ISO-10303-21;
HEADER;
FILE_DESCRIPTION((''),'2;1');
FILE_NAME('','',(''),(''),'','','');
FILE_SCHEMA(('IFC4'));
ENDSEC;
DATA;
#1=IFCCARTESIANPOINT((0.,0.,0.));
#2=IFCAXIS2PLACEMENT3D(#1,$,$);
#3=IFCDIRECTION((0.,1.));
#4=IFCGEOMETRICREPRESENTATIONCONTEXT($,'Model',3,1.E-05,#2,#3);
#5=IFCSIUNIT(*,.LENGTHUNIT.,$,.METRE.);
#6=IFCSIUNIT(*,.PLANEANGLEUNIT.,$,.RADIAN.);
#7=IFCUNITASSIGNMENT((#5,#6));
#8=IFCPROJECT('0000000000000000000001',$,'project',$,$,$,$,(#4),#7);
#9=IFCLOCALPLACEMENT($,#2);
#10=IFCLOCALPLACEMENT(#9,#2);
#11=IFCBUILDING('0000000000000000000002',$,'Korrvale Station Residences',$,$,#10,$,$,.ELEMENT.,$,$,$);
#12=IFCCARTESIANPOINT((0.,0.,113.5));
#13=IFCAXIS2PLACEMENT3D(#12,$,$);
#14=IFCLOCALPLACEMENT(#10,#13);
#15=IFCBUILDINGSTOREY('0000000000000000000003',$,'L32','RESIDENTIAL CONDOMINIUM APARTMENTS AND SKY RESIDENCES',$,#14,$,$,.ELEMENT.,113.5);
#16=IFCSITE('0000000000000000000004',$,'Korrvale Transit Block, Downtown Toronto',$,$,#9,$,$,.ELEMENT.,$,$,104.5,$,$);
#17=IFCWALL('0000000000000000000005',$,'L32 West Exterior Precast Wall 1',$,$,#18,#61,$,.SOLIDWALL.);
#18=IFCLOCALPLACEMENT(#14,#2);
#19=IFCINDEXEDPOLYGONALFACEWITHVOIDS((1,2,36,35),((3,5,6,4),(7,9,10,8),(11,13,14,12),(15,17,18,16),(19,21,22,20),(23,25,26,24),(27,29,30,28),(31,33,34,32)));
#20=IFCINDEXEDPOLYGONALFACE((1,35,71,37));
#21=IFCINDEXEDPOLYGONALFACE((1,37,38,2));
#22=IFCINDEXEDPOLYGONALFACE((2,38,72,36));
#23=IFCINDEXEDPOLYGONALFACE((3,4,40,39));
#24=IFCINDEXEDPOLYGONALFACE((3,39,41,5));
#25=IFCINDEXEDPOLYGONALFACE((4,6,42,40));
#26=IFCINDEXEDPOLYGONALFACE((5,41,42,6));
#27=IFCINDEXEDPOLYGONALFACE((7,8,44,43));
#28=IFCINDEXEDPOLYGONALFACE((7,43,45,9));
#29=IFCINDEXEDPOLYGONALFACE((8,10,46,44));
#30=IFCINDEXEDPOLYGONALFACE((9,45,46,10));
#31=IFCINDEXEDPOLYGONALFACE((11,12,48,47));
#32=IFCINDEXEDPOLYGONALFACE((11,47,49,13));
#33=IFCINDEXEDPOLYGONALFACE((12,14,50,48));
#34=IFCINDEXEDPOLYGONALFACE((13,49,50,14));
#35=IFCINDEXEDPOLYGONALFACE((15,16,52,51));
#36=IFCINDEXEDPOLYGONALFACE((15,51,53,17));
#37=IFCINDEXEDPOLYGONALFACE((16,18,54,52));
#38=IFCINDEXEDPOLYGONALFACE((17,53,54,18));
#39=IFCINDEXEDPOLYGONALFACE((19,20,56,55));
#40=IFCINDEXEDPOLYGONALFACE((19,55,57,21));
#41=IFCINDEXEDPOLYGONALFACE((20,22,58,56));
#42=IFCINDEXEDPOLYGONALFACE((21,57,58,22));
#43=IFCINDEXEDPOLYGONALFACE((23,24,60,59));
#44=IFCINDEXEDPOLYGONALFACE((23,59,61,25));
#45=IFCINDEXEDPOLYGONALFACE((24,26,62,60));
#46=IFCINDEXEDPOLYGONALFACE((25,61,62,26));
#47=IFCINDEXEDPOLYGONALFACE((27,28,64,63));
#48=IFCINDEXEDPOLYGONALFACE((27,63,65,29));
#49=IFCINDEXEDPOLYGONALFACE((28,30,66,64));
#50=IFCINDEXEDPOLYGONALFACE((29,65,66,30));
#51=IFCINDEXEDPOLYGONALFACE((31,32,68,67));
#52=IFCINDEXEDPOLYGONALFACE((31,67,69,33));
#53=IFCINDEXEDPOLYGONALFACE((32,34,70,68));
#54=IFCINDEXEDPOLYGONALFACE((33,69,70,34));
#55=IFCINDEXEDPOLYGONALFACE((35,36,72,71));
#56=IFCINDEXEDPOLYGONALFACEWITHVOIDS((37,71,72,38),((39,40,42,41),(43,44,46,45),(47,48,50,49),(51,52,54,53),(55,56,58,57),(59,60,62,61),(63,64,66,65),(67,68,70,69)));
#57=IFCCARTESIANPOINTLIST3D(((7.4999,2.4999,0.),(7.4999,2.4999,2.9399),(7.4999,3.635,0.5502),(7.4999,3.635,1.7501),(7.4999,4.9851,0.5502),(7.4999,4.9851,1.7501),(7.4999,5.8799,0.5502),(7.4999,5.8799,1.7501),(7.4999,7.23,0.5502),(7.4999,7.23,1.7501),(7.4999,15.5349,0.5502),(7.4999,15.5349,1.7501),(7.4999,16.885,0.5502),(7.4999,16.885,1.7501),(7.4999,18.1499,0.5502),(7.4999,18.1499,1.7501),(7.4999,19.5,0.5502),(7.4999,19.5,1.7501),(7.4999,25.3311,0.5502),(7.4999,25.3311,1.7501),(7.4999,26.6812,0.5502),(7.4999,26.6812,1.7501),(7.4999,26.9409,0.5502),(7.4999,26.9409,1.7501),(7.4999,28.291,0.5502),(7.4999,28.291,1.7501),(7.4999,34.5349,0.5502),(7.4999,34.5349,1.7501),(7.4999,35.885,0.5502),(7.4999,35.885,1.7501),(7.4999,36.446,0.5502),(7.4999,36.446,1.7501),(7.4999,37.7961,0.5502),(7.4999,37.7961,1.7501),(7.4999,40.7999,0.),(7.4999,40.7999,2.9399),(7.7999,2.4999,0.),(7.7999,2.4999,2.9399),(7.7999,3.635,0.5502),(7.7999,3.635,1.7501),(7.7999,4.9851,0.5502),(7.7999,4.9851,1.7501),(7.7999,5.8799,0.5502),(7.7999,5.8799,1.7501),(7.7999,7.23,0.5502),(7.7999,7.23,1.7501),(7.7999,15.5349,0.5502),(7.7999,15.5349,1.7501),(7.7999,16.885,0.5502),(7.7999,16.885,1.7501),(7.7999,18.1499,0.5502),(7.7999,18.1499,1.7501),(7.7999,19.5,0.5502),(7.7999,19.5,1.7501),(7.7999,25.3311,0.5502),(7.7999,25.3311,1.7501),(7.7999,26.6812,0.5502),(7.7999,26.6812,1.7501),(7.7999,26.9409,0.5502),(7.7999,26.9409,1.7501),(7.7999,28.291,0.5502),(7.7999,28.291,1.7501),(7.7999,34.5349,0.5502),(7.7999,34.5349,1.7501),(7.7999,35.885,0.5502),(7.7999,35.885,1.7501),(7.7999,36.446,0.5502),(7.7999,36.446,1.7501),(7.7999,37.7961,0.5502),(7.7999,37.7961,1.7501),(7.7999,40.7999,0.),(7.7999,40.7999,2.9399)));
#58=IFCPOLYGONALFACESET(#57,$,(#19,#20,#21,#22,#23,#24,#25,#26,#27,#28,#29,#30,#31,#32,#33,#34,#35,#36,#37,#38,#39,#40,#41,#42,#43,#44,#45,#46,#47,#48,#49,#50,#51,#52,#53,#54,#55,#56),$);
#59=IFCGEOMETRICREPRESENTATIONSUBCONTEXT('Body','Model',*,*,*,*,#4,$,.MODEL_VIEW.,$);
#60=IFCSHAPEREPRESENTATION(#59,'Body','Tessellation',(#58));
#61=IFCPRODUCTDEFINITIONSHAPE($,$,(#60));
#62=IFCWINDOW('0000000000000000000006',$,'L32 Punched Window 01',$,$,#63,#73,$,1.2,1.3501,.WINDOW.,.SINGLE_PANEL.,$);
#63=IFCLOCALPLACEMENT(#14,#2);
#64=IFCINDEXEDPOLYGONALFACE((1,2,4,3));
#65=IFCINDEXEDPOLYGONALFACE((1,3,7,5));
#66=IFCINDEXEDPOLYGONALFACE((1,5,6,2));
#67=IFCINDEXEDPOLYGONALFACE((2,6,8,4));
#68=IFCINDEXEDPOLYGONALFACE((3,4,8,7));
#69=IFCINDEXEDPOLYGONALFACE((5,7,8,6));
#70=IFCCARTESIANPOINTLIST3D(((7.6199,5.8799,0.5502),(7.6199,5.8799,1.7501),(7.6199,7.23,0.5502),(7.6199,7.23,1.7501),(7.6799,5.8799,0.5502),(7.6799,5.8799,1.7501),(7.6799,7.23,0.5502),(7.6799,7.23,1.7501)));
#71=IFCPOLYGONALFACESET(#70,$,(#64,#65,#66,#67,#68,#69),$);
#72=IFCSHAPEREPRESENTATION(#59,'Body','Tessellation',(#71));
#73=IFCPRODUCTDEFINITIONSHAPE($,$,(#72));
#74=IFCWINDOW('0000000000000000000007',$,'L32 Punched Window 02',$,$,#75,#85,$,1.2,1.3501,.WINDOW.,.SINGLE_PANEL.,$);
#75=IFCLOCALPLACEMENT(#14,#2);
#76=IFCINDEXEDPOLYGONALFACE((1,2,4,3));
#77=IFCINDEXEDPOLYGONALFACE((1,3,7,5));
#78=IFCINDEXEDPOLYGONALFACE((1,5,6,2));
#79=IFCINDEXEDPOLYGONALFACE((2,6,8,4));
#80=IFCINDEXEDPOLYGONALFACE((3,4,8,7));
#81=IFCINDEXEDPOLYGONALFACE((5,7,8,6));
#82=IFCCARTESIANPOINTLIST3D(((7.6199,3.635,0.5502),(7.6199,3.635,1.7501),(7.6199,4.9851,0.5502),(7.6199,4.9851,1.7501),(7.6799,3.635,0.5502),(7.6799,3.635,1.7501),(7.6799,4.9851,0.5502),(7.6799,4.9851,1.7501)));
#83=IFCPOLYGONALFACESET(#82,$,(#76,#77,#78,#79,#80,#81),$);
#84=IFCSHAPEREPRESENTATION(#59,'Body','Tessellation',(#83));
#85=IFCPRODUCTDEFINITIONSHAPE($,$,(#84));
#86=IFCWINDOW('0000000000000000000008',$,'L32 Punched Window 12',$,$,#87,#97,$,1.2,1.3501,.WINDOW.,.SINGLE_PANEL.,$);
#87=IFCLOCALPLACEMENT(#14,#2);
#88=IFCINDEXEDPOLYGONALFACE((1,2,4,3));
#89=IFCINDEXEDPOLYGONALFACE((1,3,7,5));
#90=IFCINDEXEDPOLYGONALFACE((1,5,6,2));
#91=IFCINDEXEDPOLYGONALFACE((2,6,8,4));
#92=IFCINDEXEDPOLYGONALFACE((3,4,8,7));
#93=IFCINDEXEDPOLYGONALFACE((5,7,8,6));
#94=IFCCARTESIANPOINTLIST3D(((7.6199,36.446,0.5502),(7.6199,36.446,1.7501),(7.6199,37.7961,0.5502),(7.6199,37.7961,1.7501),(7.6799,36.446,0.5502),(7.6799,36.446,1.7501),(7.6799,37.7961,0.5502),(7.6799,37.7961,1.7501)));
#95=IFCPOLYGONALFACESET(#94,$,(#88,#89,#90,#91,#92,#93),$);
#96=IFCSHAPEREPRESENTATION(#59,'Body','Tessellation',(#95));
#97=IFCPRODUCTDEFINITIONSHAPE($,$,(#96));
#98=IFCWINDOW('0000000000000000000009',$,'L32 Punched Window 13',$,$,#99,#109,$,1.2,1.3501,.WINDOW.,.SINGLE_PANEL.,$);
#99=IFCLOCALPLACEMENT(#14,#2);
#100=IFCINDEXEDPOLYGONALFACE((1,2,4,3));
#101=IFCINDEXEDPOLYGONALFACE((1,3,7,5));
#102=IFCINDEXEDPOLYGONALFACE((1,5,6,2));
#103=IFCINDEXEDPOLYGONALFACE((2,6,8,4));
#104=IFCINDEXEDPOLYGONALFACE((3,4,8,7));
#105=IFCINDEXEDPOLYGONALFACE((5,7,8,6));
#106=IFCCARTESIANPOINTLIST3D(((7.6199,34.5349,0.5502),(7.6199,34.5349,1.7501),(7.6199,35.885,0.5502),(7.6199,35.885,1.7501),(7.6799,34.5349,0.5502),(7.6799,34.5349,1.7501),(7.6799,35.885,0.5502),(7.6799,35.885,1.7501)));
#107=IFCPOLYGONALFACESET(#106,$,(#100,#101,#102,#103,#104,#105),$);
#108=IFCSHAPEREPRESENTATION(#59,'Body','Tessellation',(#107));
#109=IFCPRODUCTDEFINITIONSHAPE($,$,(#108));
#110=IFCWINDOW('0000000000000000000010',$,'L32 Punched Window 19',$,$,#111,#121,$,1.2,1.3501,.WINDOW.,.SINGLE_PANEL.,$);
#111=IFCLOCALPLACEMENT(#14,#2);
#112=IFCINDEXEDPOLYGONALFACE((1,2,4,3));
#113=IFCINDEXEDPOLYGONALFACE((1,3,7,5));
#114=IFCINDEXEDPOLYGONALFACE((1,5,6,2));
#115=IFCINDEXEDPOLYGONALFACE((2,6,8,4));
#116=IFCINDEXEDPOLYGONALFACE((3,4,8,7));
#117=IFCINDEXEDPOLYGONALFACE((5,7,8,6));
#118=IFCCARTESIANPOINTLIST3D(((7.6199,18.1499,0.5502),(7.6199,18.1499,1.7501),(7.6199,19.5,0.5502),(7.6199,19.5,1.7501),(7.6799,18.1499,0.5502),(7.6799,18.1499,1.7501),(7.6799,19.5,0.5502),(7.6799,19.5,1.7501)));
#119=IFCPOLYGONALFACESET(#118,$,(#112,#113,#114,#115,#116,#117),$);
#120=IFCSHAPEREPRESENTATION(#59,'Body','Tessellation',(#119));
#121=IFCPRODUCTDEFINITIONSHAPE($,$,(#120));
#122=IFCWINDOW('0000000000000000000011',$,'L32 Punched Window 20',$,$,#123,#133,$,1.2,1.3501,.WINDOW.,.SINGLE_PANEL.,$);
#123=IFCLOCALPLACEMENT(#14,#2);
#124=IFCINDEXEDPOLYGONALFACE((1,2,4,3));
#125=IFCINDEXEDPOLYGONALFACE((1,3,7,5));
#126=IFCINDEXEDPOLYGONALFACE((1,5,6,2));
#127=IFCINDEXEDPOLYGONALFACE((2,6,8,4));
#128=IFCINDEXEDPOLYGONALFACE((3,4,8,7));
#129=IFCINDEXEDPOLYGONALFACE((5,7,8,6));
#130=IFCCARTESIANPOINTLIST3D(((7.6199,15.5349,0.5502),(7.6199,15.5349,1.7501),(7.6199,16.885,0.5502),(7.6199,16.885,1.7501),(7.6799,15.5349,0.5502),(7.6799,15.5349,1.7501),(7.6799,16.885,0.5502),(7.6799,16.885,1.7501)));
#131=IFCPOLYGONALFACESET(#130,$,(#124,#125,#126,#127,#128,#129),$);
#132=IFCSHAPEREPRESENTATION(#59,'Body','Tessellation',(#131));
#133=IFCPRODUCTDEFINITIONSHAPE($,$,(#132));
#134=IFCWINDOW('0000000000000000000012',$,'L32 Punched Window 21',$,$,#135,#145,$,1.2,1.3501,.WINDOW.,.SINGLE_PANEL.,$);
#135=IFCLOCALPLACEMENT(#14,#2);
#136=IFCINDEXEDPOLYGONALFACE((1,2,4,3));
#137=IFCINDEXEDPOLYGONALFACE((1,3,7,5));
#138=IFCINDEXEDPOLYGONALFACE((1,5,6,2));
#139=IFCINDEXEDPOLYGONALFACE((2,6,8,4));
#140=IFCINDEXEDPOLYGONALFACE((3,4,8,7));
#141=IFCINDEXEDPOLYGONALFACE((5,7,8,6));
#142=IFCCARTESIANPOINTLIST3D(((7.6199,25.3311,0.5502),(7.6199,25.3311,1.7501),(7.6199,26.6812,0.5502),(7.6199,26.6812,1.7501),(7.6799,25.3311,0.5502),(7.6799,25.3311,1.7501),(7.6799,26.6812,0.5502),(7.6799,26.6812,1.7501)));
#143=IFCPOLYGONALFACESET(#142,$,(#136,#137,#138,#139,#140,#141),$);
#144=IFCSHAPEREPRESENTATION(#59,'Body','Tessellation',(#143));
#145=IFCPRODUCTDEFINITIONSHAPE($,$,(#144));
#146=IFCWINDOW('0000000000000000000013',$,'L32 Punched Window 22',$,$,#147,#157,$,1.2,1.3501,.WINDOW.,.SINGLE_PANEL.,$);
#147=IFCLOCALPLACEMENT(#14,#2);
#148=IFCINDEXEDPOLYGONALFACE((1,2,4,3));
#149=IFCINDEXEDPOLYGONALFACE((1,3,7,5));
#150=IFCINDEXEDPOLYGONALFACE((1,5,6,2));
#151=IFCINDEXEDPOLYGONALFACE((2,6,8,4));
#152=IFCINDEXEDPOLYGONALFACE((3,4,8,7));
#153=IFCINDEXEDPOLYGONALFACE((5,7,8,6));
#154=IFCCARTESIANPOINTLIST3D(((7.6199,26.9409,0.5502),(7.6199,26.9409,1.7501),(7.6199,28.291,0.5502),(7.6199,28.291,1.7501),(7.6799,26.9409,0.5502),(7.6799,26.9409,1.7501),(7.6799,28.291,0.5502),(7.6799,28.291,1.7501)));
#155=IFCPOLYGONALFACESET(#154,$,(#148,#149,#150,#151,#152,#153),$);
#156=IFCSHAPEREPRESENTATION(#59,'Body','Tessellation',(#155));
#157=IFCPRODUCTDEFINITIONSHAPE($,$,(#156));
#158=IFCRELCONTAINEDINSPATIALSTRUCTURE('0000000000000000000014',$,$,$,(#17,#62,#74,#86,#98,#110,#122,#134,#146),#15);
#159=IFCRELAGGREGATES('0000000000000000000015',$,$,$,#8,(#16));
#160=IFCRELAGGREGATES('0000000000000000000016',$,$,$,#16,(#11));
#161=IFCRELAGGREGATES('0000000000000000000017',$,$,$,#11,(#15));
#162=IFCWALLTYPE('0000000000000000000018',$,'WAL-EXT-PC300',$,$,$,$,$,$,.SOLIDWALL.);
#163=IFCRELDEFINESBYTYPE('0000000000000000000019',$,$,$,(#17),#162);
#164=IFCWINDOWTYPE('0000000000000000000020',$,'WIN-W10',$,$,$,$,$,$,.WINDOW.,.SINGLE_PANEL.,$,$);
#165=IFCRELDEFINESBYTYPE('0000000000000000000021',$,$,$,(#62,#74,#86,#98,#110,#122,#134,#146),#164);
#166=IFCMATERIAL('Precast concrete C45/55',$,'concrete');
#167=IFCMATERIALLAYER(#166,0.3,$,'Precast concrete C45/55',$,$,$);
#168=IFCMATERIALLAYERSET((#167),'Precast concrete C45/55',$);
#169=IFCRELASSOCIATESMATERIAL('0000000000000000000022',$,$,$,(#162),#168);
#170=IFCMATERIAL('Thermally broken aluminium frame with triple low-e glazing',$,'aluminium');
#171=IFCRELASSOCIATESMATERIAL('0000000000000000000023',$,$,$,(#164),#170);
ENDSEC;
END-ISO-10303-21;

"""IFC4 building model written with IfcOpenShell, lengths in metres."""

from ifc_helpers import new_model, si_unit, direction, frame, frame_2d, origin, place, context, subcontext, project, spatial, rectangle, extrude, material, layer, layer_set, type_object, element, fill, save


model = new_model("IFC4")

# Units and contexts
model_context = context("Model", 3, precision=1e-05, world=origin(), true_north=direction((0.0, 1.0)))
body_context = subcontext(model_context, "Body", "Model", "MODEL_VIEW")
ifc_project = project(units=[si_unit("LENGTHUNIT", "METRE"), si_unit("PLANEANGLEUNIT", "RADIAN")], contexts=[model_context])

# Site, building, storey
site_placement = place(None, origin())
site = spatial("IfcSite", under=ifc_project, at=site_placement, Name="Korrvale Transit Block, Downtown Toronto", CompositionType="ELEMENT", RefElevation=104.5)
building_placement = place(site_placement, origin())
building = spatial("IfcBuilding", under=site, at=building_placement, Name="Korrvale Station Residences", CompositionType="ELEMENT")
storey_placement = place(building_placement, frame((0.0, 0.0, 113.5)))
storey = spatial("IfcBuildingStorey", under=building, at=storey_placement, Name="L32", Description="RESIDENTIAL CONDOMINIUM APARTMENTS AND SKY RESIDENCES", CompositionType="ELEMENT", Elevation=113.5)

# Shared definitions
ifc_material_1 = material(Name="Precast concrete C45/55", Category="concrete")
ifc_layer_1 = layer(ifc_material_1, 0.3, Name="Precast concrete C45/55")
ifc_layer_set_1 = layer_set([ifc_layer_1], Name="Precast concrete C45/55")
wall_type_1 = type_object("IfcWallType", Name="WAL-EXT-PC300", PredefinedType="SOLIDWALL", material=ifc_layer_set_1)

# Wall, openings, windows
wall_1_placement = place(storey_placement, frame((7.6499, 2.5, 0.0), z_axis=(0.0, 0.0, 1.0), x_axis=(0.0, 1.0, 0.0)))
wall_1 = element("IfcWall", 1, at=wall_1_placement, inside=storey, type_object=wall_type_1, Name="L32 West Exterior Precast Wall 1", PredefinedType="SOLIDWALL", context=body_context, shape_type="SweptSolid", body=[
    extrude(rectangle(XDim=38.3, YDim=0.3, at=frame_2d((19.1499, 0.0))), origin(), (0.0, 0.0, 1.0), 2.9399),
])
opening_1_placement = place(wall_1_placement, frame((3.3799, 0.0, 0.55)))
opening_1 = element("IfcOpeningElement", 2, at=opening_1_placement, cuts=wall_1, PredefinedType="OPENING", context=body_context, shape_type="SweptSolid", body=[
    extrude(rectangle(XDim=1.3501, YDim=1.2, at=frame_2d((0.675, 0.6001))), frame((0.0, 0.1602, 0.0), z_axis=(0.0, -1.0, 0.0), x_axis=(1.0, 0.0, 0.0)), (0.0, 0.0, 1.0), 0.3201),
])
opening_2_placement = place(wall_1_placement, frame((1.135, 0.0, 0.55)))
opening_2 = element("IfcOpeningElement", 3, at=opening_2_placement, cuts=wall_1, PredefinedType="OPENING", context=body_context, shape_type="SweptSolid", body=[
    extrude(rectangle(XDim=1.3501, YDim=1.2, at=frame_2d((0.675, 0.6001))), frame((0.0, 0.1602, 0.0), z_axis=(0.0, -1.0, 0.0), x_axis=(1.0, 0.0, 0.0)), (0.0, 0.0, 1.0), 0.3201),
])
opening_3_placement = place(wall_1_placement, frame((33.946, 0.0, 0.55)))
opening_3 = element("IfcOpeningElement", 4, at=opening_3_placement, cuts=wall_1, PredefinedType="OPENING", context=body_context, shape_type="SweptSolid", body=[
    extrude(rectangle(XDim=1.3501, YDim=1.2, at=frame_2d((0.675, 0.6001))), frame((0.0, 0.1602, 0.0), z_axis=(0.0, -1.0, 0.0), x_axis=(1.0, 0.0, 0.0)), (0.0, 0.0, 1.0), 0.3201),
])
opening_4_placement = place(wall_1_placement, frame((32.0349, 0.0, 0.55)))
opening_4 = element("IfcOpeningElement", 5, at=opening_4_placement, cuts=wall_1, PredefinedType="OPENING", context=body_context, shape_type="SweptSolid", body=[
    extrude(rectangle(XDim=1.3501, YDim=1.2, at=frame_2d((0.675, 0.6001))), frame((0.0, 0.1602, 0.0), z_axis=(0.0, -1.0, 0.0), x_axis=(1.0, 0.0, 0.0)), (0.0, 0.0, 1.0), 0.3201),
])
opening_5_placement = place(wall_1_placement, frame((15.6499, 0.0, 0.55)))
opening_5 = element("IfcOpeningElement", 6, at=opening_5_placement, cuts=wall_1, PredefinedType="OPENING", context=body_context, shape_type="SweptSolid", body=[
    extrude(rectangle(XDim=1.3501, YDim=1.2, at=frame_2d((0.675, 0.6001))), frame((0.0, 0.1602, 0.0), z_axis=(0.0, -1.0, 0.0), x_axis=(1.0, 0.0, 0.0)), (0.0, 0.0, 1.0), 0.3201),
])
opening_6_placement = place(wall_1_placement, frame((13.0349, 0.0, 0.55)))
opening_6 = element("IfcOpeningElement", 7, at=opening_6_placement, cuts=wall_1, PredefinedType="OPENING", context=body_context, shape_type="SweptSolid", body=[
    extrude(rectangle(XDim=1.3501, YDim=1.2, at=frame_2d((0.675, 0.6001))), frame((0.0, 0.1602, 0.0), z_axis=(0.0, -1.0, 0.0), x_axis=(1.0, 0.0, 0.0)), (0.0, 0.0, 1.0), 0.3201),
])
opening_7_placement = place(wall_1_placement, frame((22.8311, 0.0, 0.55)))
opening_7 = element("IfcOpeningElement", 8, at=opening_7_placement, cuts=wall_1, PredefinedType="OPENING", context=body_context, shape_type="SweptSolid", body=[
    extrude(rectangle(XDim=1.3501, YDim=1.2, at=frame_2d((0.675, 0.6001))), frame((0.0, 0.1602, 0.0), z_axis=(0.0, -1.0, 0.0), x_axis=(1.0, 0.0, 0.0)), (0.0, 0.0, 1.0), 0.3201),
])
opening_8_placement = place(wall_1_placement, frame((24.4409, 0.0, 0.55)))
opening_8 = element("IfcOpeningElement", 9, at=opening_8_placement, cuts=wall_1, PredefinedType="OPENING", context=body_context, shape_type="SweptSolid", body=[
    extrude(rectangle(XDim=1.3501, YDim=1.2, at=frame_2d((0.675, 0.6001))), frame((0.0, 0.1602, 0.0), z_axis=(0.0, -1.0, 0.0), x_axis=(1.0, 0.0, 0.0)), (0.0, 0.0, 1.0), 0.3201),
])
ifc_material_2 = material(Name="Thermally broken aluminium frame with triple low-e glazing", Category="aluminium")
window_type = type_object("IfcWindowType", Name="WIN-W10", PartitioningType="SINGLE_PANEL", PredefinedType="WINDOW", material=ifc_material_2)
window_1_placement = place(opening_1_placement, origin())
window_1 = element("IfcWindow", 10, at=window_1_placement, inside=storey, type_object=window_type, Name="L32 Punched Window 01", OverallHeight=1.2, OverallWidth=1.3501, PartitioningType="SINGLE_PANEL", PredefinedType="WINDOW", context=body_context, shape_type="SweptSolid", body=[
    extrude(rectangle(XDim=1.3501, YDim=1.2, at=frame_2d((0.675, 0.6001))), frame((0.0, 0.03, 0.0), z_axis=(0.0, -1.0, 0.0), x_axis=(1.0, 0.0, 0.0)), (0.0, 0.0, 1.0), 0.0601),
])
fill(opening_1, window_1)
window_2_placement = place(opening_2_placement, origin())
window_2 = element("IfcWindow", 11, at=window_2_placement, inside=storey, type_object=window_type, Name="L32 Punched Window 02", OverallHeight=1.2, OverallWidth=1.3501, PartitioningType="SINGLE_PANEL", PredefinedType="WINDOW", context=body_context, shape_type="SweptSolid", body=[
    extrude(rectangle(XDim=1.3501, YDim=1.2, at=frame_2d((0.675, 0.6001))), frame((0.0, 0.03, 0.0), z_axis=(0.0, -1.0, 0.0), x_axis=(1.0, 0.0, 0.0)), (0.0, 0.0, 1.0), 0.0601),
])
fill(opening_2, window_2)
window_3_placement = place(opening_3_placement, origin())
window_3 = element("IfcWindow", 12, at=window_3_placement, inside=storey, type_object=window_type, Name="L32 Punched Window 12", OverallHeight=1.2, OverallWidth=1.3501, PartitioningType="SINGLE_PANEL", PredefinedType="WINDOW", context=body_context, shape_type="SweptSolid", body=[
    extrude(rectangle(XDim=1.3501, YDim=1.2, at=frame_2d((0.675, 0.6001))), frame((0.0, 0.03, 0.0), z_axis=(0.0, -1.0, 0.0), x_axis=(1.0, 0.0, 0.0)), (0.0, 0.0, 1.0), 0.0601),
])
fill(opening_3, window_3)
window_4_placement = place(opening_4_placement, origin())
window_4 = element("IfcWindow", 13, at=window_4_placement, inside=storey, type_object=window_type, Name="L32 Punched Window 13", OverallHeight=1.2, OverallWidth=1.3501, PartitioningType="SINGLE_PANEL", PredefinedType="WINDOW", context=body_context, shape_type="SweptSolid", body=[
    extrude(rectangle(XDim=1.3501, YDim=1.2, at=frame_2d((0.675, 0.6001))), frame((0.0, 0.03, 0.0), z_axis=(0.0, -1.0, 0.0), x_axis=(1.0, 0.0, 0.0)), (0.0, 0.0, 1.0), 0.0601),
])
fill(opening_4, window_4)
window_5_placement = place(opening_5_placement, origin())
window_5 = element("IfcWindow", 14, at=window_5_placement, inside=storey, type_object=window_type, Name="L32 Punched Window 19", OverallHeight=1.2, OverallWidth=1.3501, PartitioningType="SINGLE_PANEL", PredefinedType="WINDOW", context=body_context, shape_type="SweptSolid", body=[
    extrude(rectangle(XDim=1.3501, YDim=1.2, at=frame_2d((0.675, 0.6001))), frame((0.0, 0.03, 0.0), z_axis=(0.0, -1.0, 0.0), x_axis=(1.0, 0.0, 0.0)), (0.0, 0.0, 1.0), 0.0601),
])
fill(opening_5, window_5)
window_6_placement = place(opening_6_placement, origin())
window_6 = element("IfcWindow", 15, at=window_6_placement, inside=storey, type_object=window_type, Name="L32 Punched Window 20", OverallHeight=1.2, OverallWidth=1.3501, PartitioningType="SINGLE_PANEL", PredefinedType="WINDOW", context=body_context, shape_type="SweptSolid", body=[
    extrude(rectangle(XDim=1.3501, YDim=1.2, at=frame_2d((0.675, 0.6001))), frame((0.0, 0.03, 0.0), z_axis=(0.0, -1.0, 0.0), x_axis=(1.0, 0.0, 0.0)), (0.0, 0.0, 1.0), 0.0601),
])
fill(opening_6, window_6)
window_7_placement = place(opening_7_placement, origin())
window_7 = element("IfcWindow", 16, at=window_7_placement, inside=storey, type_object=window_type, Name="L32 Punched Window 21", OverallHeight=1.2, OverallWidth=1.3501, PartitioningType="SINGLE_PANEL", PredefinedType="WINDOW", context=body_context, shape_type="SweptSolid", body=[
    extrude(rectangle(XDim=1.3501, YDim=1.2, at=frame_2d((0.675, 0.6001))), frame((0.0, 0.03, 0.0), z_axis=(0.0, -1.0, 0.0), x_axis=(1.0, 0.0, 0.0)), (0.0, 0.0, 1.0), 0.0601),
])
fill(opening_7, window_7)
window_8_placement = place(opening_8_placement, origin())
window_8 = element("IfcWindow", 17, at=window_8_placement, inside=storey, type_object=window_type, Name="L32 Punched Window 22", OverallHeight=1.2, OverallWidth=1.3501, PartitioningType="SINGLE_PANEL", PredefinedType="WINDOW", context=body_context, shape_type="SweptSolid", body=[
    extrude(rectangle(XDim=1.3501, YDim=1.2, at=frame_2d((0.675, 0.6001))), frame((0.0, 0.03, 0.0), z_axis=(0.0, -1.0, 0.0), x_axis=(1.0, 0.0, 0.0)), (0.0, 0.0, 1.0), 0.0601),
])
fill(opening_8, window_8)

save(model, "model.ifc")
